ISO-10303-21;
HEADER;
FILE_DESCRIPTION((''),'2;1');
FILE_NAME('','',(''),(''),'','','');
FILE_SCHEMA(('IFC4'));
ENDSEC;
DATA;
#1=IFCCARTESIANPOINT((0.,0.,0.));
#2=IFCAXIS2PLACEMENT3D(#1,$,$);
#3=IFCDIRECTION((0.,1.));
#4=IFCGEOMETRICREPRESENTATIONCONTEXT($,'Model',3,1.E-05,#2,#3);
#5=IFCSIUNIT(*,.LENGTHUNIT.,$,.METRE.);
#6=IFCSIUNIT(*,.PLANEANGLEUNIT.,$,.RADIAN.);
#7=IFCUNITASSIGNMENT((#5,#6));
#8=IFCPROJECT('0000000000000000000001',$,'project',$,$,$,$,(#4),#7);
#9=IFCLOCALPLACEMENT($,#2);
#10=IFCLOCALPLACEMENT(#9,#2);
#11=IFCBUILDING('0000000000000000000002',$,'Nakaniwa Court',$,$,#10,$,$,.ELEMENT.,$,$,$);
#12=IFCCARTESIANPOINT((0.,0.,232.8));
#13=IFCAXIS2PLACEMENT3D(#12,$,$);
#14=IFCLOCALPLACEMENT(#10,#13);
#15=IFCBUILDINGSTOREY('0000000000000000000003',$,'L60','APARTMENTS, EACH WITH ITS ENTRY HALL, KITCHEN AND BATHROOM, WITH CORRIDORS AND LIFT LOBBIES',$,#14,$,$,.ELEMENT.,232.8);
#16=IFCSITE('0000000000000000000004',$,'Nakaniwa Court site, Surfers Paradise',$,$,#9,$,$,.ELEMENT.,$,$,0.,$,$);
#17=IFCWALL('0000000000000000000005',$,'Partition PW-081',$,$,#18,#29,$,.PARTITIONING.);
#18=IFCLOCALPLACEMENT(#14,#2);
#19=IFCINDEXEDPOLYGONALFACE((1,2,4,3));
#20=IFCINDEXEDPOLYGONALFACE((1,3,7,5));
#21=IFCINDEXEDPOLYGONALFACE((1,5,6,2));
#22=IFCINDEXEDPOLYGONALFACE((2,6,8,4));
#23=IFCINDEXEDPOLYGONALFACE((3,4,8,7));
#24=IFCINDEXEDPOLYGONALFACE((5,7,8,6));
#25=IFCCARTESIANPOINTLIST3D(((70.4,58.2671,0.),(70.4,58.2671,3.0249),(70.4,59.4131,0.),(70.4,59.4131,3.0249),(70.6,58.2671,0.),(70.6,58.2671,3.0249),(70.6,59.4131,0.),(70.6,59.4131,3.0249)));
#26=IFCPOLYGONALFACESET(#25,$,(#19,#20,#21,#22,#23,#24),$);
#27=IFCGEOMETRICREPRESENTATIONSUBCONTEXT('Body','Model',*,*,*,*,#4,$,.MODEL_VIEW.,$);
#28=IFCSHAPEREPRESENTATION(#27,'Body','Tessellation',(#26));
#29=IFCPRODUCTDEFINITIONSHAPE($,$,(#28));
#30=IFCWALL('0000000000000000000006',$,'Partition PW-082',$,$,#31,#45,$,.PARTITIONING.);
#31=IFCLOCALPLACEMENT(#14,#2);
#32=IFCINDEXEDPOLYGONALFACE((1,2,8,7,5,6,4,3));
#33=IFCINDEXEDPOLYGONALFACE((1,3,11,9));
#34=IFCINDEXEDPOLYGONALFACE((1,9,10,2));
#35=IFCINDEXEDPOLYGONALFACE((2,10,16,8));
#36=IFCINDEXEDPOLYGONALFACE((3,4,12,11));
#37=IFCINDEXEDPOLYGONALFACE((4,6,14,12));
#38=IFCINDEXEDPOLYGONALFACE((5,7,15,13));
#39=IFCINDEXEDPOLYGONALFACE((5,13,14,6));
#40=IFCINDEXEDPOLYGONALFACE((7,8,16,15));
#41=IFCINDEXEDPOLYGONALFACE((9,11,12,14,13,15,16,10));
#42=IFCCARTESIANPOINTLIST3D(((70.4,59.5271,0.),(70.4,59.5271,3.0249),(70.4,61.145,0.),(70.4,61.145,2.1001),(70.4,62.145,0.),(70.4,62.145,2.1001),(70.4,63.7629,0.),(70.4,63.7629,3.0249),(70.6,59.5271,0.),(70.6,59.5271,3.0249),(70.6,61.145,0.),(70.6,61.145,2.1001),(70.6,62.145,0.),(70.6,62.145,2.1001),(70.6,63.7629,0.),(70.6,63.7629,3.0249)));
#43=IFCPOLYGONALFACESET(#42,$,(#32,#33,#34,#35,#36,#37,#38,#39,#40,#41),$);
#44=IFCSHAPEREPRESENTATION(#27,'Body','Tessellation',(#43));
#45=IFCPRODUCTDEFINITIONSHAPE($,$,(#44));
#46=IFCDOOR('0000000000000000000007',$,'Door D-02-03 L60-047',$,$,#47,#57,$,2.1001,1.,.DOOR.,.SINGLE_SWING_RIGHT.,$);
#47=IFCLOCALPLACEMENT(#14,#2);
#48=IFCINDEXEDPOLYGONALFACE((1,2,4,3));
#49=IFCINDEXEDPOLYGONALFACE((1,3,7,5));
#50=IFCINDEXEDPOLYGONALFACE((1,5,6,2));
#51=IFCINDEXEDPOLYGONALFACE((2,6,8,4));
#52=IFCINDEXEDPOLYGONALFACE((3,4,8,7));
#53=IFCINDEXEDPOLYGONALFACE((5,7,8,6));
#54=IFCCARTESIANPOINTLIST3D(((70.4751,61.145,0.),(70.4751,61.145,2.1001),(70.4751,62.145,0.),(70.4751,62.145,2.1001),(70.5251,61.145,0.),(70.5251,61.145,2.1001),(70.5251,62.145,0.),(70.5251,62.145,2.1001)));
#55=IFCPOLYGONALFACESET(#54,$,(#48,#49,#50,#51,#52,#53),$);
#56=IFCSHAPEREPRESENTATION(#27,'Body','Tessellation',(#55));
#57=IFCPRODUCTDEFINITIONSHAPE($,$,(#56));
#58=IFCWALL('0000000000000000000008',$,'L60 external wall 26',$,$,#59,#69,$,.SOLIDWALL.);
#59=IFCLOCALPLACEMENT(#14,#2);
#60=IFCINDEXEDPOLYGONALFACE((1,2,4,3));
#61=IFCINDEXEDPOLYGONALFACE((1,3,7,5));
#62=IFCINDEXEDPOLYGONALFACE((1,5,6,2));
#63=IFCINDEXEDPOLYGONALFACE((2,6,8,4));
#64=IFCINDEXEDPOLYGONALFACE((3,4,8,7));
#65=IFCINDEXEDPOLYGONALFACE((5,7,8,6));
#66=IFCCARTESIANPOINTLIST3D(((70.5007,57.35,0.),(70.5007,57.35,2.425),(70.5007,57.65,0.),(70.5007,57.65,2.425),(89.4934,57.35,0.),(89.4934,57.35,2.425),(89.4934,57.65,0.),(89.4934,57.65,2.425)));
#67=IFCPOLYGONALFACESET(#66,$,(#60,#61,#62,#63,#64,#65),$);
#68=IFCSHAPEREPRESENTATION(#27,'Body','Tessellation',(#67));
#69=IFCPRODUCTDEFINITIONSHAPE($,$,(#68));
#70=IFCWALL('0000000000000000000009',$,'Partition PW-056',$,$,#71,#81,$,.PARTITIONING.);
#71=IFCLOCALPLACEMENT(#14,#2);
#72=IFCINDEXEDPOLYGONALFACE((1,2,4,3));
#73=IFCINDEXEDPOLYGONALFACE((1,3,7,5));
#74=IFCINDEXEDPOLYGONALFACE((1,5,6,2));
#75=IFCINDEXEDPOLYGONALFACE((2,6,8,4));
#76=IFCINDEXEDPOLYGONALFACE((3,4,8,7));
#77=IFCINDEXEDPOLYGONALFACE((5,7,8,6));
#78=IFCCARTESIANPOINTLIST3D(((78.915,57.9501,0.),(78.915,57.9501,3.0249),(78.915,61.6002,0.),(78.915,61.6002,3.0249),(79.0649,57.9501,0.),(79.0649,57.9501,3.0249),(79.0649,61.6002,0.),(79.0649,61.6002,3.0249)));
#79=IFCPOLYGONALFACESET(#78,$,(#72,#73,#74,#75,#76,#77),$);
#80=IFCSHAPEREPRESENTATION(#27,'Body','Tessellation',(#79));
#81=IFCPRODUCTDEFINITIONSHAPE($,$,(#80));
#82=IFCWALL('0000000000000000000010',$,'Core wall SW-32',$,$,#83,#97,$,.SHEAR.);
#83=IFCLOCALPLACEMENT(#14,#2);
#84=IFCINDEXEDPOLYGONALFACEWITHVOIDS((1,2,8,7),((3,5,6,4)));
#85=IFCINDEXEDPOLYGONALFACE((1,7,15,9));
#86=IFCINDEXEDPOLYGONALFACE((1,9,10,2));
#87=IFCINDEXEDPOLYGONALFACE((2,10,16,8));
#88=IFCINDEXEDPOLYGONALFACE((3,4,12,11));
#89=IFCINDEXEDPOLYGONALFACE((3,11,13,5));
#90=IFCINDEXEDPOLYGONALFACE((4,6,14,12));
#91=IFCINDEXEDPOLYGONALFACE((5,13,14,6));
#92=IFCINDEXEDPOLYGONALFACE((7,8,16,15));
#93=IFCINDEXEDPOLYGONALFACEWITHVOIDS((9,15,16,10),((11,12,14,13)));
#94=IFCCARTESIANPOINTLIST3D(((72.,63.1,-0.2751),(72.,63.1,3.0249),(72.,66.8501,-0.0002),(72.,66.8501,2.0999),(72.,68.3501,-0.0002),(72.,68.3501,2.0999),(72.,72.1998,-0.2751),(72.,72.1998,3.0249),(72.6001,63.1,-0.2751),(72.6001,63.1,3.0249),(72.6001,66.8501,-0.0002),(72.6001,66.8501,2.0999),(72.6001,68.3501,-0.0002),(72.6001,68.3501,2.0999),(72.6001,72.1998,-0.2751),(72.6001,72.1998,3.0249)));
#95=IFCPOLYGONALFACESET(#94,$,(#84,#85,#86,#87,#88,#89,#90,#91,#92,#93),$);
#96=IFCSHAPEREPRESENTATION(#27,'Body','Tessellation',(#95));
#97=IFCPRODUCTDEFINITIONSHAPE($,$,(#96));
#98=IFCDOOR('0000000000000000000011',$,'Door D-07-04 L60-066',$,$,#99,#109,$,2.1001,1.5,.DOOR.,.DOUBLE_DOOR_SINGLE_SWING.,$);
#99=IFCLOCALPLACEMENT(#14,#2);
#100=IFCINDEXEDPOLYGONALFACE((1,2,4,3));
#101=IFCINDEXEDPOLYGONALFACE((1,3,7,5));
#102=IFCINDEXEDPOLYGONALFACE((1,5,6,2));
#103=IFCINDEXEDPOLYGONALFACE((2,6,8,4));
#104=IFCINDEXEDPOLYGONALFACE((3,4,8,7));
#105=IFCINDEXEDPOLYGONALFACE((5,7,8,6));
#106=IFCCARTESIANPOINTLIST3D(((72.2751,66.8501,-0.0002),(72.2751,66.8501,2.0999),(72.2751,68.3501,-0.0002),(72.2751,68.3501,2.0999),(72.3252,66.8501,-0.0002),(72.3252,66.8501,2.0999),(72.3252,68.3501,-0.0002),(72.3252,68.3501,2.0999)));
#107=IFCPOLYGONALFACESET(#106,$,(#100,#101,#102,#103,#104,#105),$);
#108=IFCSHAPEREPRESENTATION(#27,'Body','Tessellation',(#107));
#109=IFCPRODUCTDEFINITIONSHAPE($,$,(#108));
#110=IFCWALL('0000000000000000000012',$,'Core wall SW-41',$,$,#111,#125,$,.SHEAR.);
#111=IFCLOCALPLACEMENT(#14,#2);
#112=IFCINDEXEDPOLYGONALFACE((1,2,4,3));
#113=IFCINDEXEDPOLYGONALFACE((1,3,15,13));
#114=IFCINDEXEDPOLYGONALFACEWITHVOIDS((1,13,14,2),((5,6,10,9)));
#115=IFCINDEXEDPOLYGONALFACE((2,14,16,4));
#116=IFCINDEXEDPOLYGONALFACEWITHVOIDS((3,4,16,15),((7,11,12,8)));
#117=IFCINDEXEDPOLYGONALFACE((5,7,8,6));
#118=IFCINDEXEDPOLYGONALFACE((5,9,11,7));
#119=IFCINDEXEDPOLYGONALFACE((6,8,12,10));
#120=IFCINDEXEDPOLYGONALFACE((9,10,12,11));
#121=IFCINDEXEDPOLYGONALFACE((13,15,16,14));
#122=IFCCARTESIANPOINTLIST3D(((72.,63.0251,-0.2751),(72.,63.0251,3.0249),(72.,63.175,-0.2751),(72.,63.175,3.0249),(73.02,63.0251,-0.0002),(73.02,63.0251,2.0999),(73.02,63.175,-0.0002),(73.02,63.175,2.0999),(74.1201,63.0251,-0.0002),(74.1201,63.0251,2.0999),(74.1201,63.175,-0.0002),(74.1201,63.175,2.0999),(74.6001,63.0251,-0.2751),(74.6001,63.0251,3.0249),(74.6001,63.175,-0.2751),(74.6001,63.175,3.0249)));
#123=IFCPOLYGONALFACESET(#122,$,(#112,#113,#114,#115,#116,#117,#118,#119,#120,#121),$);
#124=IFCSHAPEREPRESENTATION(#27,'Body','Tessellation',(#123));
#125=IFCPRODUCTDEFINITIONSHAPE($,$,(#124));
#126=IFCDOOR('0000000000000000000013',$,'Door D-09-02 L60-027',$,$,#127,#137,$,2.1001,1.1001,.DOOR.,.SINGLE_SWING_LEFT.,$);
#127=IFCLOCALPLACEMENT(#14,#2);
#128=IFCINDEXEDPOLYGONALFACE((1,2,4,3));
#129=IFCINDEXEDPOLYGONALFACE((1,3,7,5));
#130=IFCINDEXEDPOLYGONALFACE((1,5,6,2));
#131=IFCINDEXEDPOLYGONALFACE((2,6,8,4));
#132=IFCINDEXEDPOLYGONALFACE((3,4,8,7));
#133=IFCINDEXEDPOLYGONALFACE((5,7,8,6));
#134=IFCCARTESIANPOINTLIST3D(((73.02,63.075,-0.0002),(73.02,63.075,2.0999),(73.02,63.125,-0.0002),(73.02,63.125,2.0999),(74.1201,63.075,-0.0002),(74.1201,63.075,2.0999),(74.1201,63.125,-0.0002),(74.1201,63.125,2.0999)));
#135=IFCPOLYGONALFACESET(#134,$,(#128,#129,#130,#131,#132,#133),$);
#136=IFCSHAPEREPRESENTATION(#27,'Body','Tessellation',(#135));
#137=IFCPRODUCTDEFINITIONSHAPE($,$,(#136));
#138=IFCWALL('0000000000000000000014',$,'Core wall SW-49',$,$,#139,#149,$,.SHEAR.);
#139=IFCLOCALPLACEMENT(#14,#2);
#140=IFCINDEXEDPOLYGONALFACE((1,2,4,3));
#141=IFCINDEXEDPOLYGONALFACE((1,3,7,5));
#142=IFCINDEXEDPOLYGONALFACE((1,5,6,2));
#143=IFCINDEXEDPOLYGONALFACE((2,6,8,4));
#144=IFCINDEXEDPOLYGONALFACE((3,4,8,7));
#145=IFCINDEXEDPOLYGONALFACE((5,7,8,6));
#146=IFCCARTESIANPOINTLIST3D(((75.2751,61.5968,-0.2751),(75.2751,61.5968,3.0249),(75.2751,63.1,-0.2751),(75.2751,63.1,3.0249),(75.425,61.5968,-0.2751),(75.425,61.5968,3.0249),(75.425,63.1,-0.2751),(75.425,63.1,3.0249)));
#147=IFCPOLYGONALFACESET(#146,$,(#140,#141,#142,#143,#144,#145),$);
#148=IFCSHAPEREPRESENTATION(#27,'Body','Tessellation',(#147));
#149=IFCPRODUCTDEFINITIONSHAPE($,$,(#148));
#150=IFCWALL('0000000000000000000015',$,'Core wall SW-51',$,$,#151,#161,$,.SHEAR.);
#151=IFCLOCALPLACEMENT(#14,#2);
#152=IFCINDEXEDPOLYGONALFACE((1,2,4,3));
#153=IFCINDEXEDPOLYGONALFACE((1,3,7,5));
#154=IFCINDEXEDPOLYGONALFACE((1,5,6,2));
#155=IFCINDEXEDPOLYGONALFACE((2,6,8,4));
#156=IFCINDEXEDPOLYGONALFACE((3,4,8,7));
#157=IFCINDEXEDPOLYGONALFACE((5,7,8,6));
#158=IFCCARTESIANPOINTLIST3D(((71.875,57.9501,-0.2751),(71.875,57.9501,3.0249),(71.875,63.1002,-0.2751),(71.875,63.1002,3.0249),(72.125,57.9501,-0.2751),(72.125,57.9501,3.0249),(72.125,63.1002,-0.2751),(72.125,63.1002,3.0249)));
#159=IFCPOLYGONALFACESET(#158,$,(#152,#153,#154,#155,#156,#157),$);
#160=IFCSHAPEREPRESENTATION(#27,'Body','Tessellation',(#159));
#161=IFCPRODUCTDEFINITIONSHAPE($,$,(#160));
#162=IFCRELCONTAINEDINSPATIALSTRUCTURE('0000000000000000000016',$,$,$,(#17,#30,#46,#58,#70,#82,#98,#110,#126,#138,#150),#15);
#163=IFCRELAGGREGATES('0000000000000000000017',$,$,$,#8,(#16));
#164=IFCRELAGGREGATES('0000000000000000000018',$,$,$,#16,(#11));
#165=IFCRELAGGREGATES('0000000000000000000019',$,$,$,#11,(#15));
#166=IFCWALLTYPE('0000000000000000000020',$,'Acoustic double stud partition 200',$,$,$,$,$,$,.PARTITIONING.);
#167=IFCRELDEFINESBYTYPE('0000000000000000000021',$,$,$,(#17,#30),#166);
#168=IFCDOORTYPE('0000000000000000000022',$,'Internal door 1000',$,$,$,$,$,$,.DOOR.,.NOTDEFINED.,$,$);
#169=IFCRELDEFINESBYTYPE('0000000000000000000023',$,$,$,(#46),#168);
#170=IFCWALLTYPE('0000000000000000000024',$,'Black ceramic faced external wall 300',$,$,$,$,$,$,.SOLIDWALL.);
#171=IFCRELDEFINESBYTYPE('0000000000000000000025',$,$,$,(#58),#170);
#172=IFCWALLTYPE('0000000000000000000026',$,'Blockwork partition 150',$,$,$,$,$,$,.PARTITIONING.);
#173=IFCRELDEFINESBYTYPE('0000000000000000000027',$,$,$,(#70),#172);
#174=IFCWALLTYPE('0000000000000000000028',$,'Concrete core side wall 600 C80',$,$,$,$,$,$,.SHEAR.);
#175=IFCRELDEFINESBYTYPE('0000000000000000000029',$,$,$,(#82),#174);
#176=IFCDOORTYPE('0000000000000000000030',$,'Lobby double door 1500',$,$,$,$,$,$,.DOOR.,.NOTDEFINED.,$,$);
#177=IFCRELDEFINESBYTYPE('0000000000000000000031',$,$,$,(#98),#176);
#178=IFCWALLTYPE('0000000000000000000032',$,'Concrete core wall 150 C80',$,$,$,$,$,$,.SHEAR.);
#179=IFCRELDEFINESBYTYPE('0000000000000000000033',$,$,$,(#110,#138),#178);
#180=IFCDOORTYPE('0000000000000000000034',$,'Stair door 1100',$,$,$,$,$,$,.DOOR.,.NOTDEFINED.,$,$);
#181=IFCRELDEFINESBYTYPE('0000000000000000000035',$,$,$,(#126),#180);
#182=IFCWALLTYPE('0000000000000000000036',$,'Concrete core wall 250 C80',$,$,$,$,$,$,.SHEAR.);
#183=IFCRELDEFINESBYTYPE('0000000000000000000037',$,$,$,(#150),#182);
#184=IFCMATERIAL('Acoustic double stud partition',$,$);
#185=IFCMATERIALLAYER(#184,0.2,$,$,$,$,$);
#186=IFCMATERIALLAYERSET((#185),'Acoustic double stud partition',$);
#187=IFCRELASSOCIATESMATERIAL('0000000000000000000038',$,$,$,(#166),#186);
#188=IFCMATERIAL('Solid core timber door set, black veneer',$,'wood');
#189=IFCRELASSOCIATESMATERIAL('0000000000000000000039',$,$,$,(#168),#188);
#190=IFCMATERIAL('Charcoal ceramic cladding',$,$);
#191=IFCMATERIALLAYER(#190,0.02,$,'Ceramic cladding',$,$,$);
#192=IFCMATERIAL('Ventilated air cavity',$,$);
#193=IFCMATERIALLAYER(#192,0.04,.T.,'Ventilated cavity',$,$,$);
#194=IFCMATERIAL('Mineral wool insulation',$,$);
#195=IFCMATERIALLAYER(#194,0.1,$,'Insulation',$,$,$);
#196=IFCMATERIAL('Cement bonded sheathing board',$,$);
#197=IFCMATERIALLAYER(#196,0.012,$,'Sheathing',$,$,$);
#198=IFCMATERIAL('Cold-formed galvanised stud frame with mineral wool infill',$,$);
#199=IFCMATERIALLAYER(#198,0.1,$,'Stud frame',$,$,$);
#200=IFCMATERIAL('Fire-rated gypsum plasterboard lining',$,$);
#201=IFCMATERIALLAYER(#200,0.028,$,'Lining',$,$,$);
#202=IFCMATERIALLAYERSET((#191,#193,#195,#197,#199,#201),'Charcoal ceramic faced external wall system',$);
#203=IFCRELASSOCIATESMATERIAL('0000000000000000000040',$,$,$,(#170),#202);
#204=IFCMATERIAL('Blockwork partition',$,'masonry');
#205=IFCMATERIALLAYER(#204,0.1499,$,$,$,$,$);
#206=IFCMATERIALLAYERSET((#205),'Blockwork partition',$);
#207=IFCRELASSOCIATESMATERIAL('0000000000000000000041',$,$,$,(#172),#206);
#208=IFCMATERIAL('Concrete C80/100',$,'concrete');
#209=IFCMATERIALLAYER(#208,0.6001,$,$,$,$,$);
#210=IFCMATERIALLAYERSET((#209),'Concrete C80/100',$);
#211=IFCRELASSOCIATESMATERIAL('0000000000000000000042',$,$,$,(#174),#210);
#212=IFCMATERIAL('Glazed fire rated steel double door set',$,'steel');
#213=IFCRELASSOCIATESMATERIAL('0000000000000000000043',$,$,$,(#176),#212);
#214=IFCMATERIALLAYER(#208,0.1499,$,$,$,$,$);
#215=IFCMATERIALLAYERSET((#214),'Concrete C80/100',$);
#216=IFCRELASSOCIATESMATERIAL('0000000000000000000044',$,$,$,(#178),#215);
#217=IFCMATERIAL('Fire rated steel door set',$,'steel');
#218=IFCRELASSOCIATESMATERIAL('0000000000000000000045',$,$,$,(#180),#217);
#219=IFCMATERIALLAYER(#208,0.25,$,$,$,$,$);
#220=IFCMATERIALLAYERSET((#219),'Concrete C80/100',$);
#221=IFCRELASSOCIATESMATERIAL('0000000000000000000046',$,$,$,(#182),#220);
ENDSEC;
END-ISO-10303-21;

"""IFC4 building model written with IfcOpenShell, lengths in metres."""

from ifc_helpers import new_model, si_unit, direction, frame, frame_2d, origin, place, context, subcontext, project, spatial, rectangle, extrude, material, layer, layer_set, type_object, element, fill, save


model = new_model("IFC4")

# Units and contexts
model_context = context("Model", 3, precision=1e-05, world=origin(), true_north=direction((0.0, 1.0)))
body_context = subcontext(model_context, "Body", "Model", "MODEL_VIEW")
ifc_project = project(units=[si_unit("LENGTHUNIT", "METRE"), si_unit("PLANEANGLEUNIT", "RADIAN")], contexts=[model_context])

# Site, building, storey
site_placement = place(None, origin())
site = spatial("IfcSite", under=ifc_project, at=site_placement, Name="Nakaniwa Court site, Surfers Paradise", CompositionType="ELEMENT", RefElevation=0.0)
building_placement = place(site_placement, origin())
building = spatial("IfcBuilding", under=site, at=building_placement, Name="Nakaniwa Court", CompositionType="ELEMENT")
storey_placement = place(building_placement, frame((0.0, 0.0, 232.8)))
storey = spatial("IfcBuildingStorey", under=building, at=storey_placement, Name="L60", Description="APARTMENTS, EACH WITH ITS ENTRY HALL, KITCHEN AND BATHROOM, WITH CORRIDORS AND LIFT LOBBIES", CompositionType="ELEMENT", Elevation=232.8)

# Wall
ifc_material_1 = material(Name="Acoustic double stud partition")
ifc_layer_1 = layer(ifc_material_1, 0.2)
ifc_layer_set_1 = layer_set([ifc_layer_1], Name="Acoustic double stud partition")
wall_type_1 = type_object("IfcWallType", Name="Acoustic double stud partition 200", PredefinedType="PARTITIONING", material=ifc_layer_set_1)
wall_1_placement = place(storey_placement, frame((70.5, 58.2671, 0.0), z_axis=(0.0, 0.0, 1.0), x_axis=(0.0, 1.0, 0.0)))
element("IfcWall", 1, at=wall_1_placement, inside=storey, type_object=wall_type_1, Name="Partition PW-081", PredefinedType="PARTITIONING", context=body_context, shape_type="SweptSolid", body=[
    extrude(rectangle(XDim=1.146, YDim=0.2, at=frame_2d((0.573, 0.0))), origin(), (0.0, 0.0, 1.0), 3.0249),
])

# Wall, opening, door
wall_2_placement = place(storey_placement, frame((70.5, 59.5271, 0.0), z_axis=(0.0, 0.0, 1.0), x_axis=(0.0, 1.0, 0.0)))
wall_2 = element("IfcWall", 2, at=wall_2_placement, inside=storey, type_object=wall_type_1, Name="Partition PW-082", PredefinedType="PARTITIONING", context=body_context, shape_type="SweptSolid", body=[
    extrude(rectangle(XDim=4.2358, YDim=0.2, at=frame_2d((2.1179, 0.0))), origin(), (0.0, 0.0, 1.0), 3.0249),
])
opening_1_placement = place(wall_2_placement, frame((1.6179, 0.0, 0.0)))
opening_1 = element("IfcOpeningElement", 3, at=opening_1_placement, cuts=wall_2, PredefinedType="OPENING", context=body_context, shape_type="SweptSolid", body=[
    extrude(rectangle(XDim=1.0, YDim=2.1001, at=frame_2d((0.5, 1.05))), frame((0.0, 0.1099, 0.0), z_axis=(0.0, -1.0, 0.0), x_axis=(1.0, 0.0, 0.0)), (0.0, 0.0, 1.0), 0.22),
])
ifc_material_2 = material(Name="Solid core timber door set, black veneer", Category="wood")
door_type_1 = type_object("IfcDoorType", Name="Internal door 1000", OperationType="NOTDEFINED", PredefinedType="DOOR", material=ifc_material_2)
door_1_placement = place(opening_1_placement, origin())
door_1 = element("IfcDoor", 4, at=door_1_placement, inside=storey, type_object=door_type_1, Name="Door D-02-03 L60-047", OperationType="SINGLE_SWING_RIGHT", OverallHeight=2.1001, OverallWidth=1.0, PredefinedType="DOOR", context=body_context, shape_type="SweptSolid", body=[
    extrude(rectangle(XDim=1.0, YDim=2.1001, at=frame_2d((0.5, 1.05))), frame((0.0, 0.0249, 0.0), z_axis=(0.0, -1.0, 0.0), x_axis=(1.0, 0.0, 0.0)), (0.0, 0.0, 1.0), 0.05),
])
fill(opening_1, door_1)

# Walls
ifc_material_3 = material(Name="Charcoal ceramic cladding")
ifc_layer_2 = layer(ifc_material_3, 0.02, Name="Ceramic cladding")
ifc_material_4 = material(Name="Ventilated air cavity")
ifc_layer_3 = layer(ifc_material_4, 0.04, ventilated=True, Name="Ventilated cavity")
ifc_material_5 = material(Name="Mineral wool insulation")
ifc_layer_4 = layer(ifc_material_5, 0.1, Name="Insulation")
ifc_material_6 = material(Name="Cement bonded sheathing board")
ifc_layer_5 = layer(ifc_material_6, 0.012, Name="Sheathing")
ifc_material_7 = material(Name="Cold-formed galvanised stud frame with mineral wool infill")
ifc_layer_6 = layer(ifc_material_7, 0.1, Name="Stud frame")
ifc_material_8 = material(Name="Fire-rated gypsum plasterboard lining")
ifc_layer_7 = layer(ifc_material_8, 0.028, Name="Lining")
ifc_layer_set_2 = layer_set([ifc_layer_2, ifc_layer_3, ifc_layer_4, ifc_layer_5, ifc_layer_6, ifc_layer_7], Name="Charcoal ceramic faced external wall system")
wall_type_2 = type_object("IfcWallType", Name="Black ceramic faced external wall 300", PredefinedType="SOLIDWALL", material=ifc_layer_set_2)
wall_3_placement = place(storey_placement, frame((70.5007, 57.5, 0.0), z_axis=(0.0, 0.0, 1.0), x_axis=(1.0, 0.0, 0.0)))
element("IfcWall", 5, at=wall_3_placement, inside=storey, type_object=wall_type_2, Name="L60 external wall 26", PredefinedType="SOLIDWALL", context=body_context, shape_type="SweptSolid", body=[
    extrude(rectangle(XDim=18.9927, YDim=0.3, at=frame_2d((9.4963, 0.0))), origin(), (0.0, 0.0, 1.0), 2.425),
])
ifc_material_9 = material(Name="Blockwork partition", Category="masonry")
ifc_layer_8 = layer(ifc_material_9, 0.1499)
ifc_layer_set_3 = layer_set([ifc_layer_8], Name="Blockwork partition")
wall_type_3 = type_object("IfcWallType", Name="Blockwork partition 150", PredefinedType="PARTITIONING", material=ifc_layer_set_3)
wall_4_placement = place(storey_placement, frame((78.99, 57.95, 0.0), z_axis=(0.0, 0.0, 1.0), x_axis=(0.0, 1.0, 0.0)))
element("IfcWall", 6, at=wall_4_placement, inside=storey, type_object=wall_type_3, Name="Partition PW-056", PredefinedType="PARTITIONING", context=body_context, shape_type="SweptSolid", body=[
    extrude(rectangle(XDim=3.6501, YDim=0.1499, at=frame_2d((1.8252, 0.0))), origin(), (0.0, 0.0, 1.0), 3.0249),
])

# Walls, openings, doors
ifc_material_10 = material(Name="Concrete C80/100", Category="concrete")
ifc_layer_9 = layer(ifc_material_10, 0.6001)
ifc_layer_set_4 = layer_set([ifc_layer_9], Name="Concrete C80/100")
wall_type_4 = type_object("IfcWallType", Name="Concrete core side wall 600 C80", PredefinedType="SHEAR", material=ifc_layer_set_4)
wall_5_placement = place(storey_placement, frame((72.3, 63.1001, -0.2751), z_axis=(0.0, 0.0, 1.0), x_axis=(0.0, 1.0, 0.0)))
wall_5 = element("IfcWall", 7, at=wall_5_placement, inside=storey, type_object=wall_type_4, Name="Core wall SW-32", PredefinedType="SHEAR", context=body_context, shape_type="SweptSolid", body=[
    extrude(rectangle(XDim=9.0999, YDim=0.6001, at=frame_2d((4.5498, 0.0))), origin(), (0.0, 0.0, 1.0), 3.3),
])
opening_2_placement = place(wall_5_placement, frame((3.75, 0.0, 0.2749)))
opening_2 = element("IfcOpeningElement", 8, at=opening_2_placement, cuts=wall_5, PredefinedType="OPENING", context=body_context, shape_type="SweptSolid", body=[
    extrude(rectangle(XDim=1.5, YDim=2.1001, at=frame_2d((0.75, 1.05))), frame((0.0, 0.3101, 0.0), z_axis=(0.0, -1.0, 0.0), x_axis=(1.0, 0.0, 0.0)), (0.0, 0.0, 1.0), 0.6201),
])
ifc_material_11 = material(Name="Glazed fire rated steel double door set", Category="steel")
door_type_2 = type_object("IfcDoorType", Name="Lobby double door 1500", OperationType="NOTDEFINED", PredefinedType="DOOR", material=ifc_material_11)
door_2_placement = place(opening_2_placement, origin())
door_2 = element("IfcDoor", 9, at=door_2_placement, inside=storey, type_object=door_type_2, Name="Door D-07-04 L60-066", OperationType="DOUBLE_DOOR_SINGLE_SWING", OverallHeight=2.1001, OverallWidth=1.5, PredefinedType="DOOR", context=body_context, shape_type="SweptSolid", body=[
    extrude(rectangle(XDim=1.5, YDim=2.1001, at=frame_2d((0.75, 1.05))), frame((0.0, 0.0249, 0.0), z_axis=(0.0, -1.0, 0.0), x_axis=(1.0, 0.0, 0.0)), (0.0, 0.0, 1.0), 0.05),
])
fill(opening_2, door_2)
ifc_layer_10 = layer(ifc_material_10, 0.1499)
ifc_layer_set_5 = layer_set([ifc_layer_10], Name="Concrete C80/100")
wall_type_5 = type_object("IfcWallType", Name="Concrete core wall 150 C80", PredefinedType="SHEAR", material=ifc_layer_set_5)
wall_6_placement = place(storey_placement, frame((72.0, 63.1001, -0.2751), z_axis=(0.0, 0.0, 1.0), x_axis=(1.0, 0.0, 0.0)))
wall_6 = element("IfcWall", 10, at=wall_6_placement, inside=storey, type_object=wall_type_5, Name="Core wall SW-41", PredefinedType="SHEAR", context=body_context, shape_type="SweptSolid", body=[
    extrude(rectangle(XDim=2.6001, YDim=0.1499, at=frame_2d((1.3, 0.0))), origin(), (0.0, 0.0, 1.0), 3.3),
])
opening_3_placement = place(wall_6_placement, frame((1.02, 0.0, 0.2749)))
opening_3 = element("IfcOpeningElement", 11, at=opening_3_placement, cuts=wall_6, PredefinedType="OPENING", context=body_context, shape_type="SweptSolid", body=[
    extrude(rectangle(XDim=1.1001, YDim=2.1001, at=frame_2d((0.55, 1.05))), frame((0.0, 0.085, 0.0), z_axis=(0.0, -1.0, 0.0), x_axis=(1.0, 0.0, 0.0)), (0.0, 0.0, 1.0), 0.1699),
])
ifc_material_12 = material(Name="Fire rated steel door set", Category="steel")
door_type_3 = type_object("IfcDoorType", Name="Stair door 1100", OperationType="NOTDEFINED", PredefinedType="DOOR", material=ifc_material_12)
door_3_placement = place(opening_3_placement, origin())
door_3 = element("IfcDoor", 12, at=door_3_placement, inside=storey, type_object=door_type_3, Name="Door D-09-02 L60-027", OperationType="SINGLE_SWING_LEFT", OverallHeight=2.1001, OverallWidth=1.1001, PredefinedType="DOOR", context=body_context, shape_type="SweptSolid", body=[
    extrude(rectangle(XDim=1.1001, YDim=2.1001, at=frame_2d((0.55, 1.05))), frame((0.0, 0.0249, 0.0), z_axis=(0.0, -1.0, 0.0), x_axis=(1.0, 0.0, 0.0)), (0.0, 0.0, 1.0), 0.05),
])
fill(opening_3, door_3)

# Walls
wall_7_placement = place(storey_placement, frame((75.3501, 61.5969, -0.2751), z_axis=(0.0, 0.0, 1.0), x_axis=(0.0, 1.0, 0.0)))
element("IfcWall", 13, at=wall_7_placement, inside=storey, type_object=wall_type_5, Name="Core wall SW-49", PredefinedType="SHEAR", context=body_context, shape_type="SweptSolid", body=[
    extrude(rectangle(XDim=1.5032, YDim=0.1499, at=frame_2d((0.7515, 0.0))), origin(), (0.0, 0.0, 1.0), 3.3),
])
ifc_layer_11 = layer(ifc_material_10, 0.25)
ifc_layer_set_6 = layer_set([ifc_layer_11], Name="Concrete C80/100")
wall_type_6 = type_object("IfcWallType", Name="Concrete core wall 250 C80", PredefinedType="SHEAR", material=ifc_layer_set_6)
wall_8_placement = place(storey_placement, frame((72.0, 57.95, -0.2751), z_axis=(0.0, 0.0, 1.0), x_axis=(0.0, 1.0, 0.0)))
element("IfcWall", 14, at=wall_8_placement, inside=storey, type_object=wall_type_6, Name="Core wall SW-51", PredefinedType="SHEAR", context=body_context, shape_type="SweptSolid", body=[
    extrude(rectangle(XDim=5.1501, YDim=0.25, at=frame_2d((2.5752, 0.0))), origin(), (0.0, 0.0, 1.0), 3.3),
])

save(model, "model.ifc")
